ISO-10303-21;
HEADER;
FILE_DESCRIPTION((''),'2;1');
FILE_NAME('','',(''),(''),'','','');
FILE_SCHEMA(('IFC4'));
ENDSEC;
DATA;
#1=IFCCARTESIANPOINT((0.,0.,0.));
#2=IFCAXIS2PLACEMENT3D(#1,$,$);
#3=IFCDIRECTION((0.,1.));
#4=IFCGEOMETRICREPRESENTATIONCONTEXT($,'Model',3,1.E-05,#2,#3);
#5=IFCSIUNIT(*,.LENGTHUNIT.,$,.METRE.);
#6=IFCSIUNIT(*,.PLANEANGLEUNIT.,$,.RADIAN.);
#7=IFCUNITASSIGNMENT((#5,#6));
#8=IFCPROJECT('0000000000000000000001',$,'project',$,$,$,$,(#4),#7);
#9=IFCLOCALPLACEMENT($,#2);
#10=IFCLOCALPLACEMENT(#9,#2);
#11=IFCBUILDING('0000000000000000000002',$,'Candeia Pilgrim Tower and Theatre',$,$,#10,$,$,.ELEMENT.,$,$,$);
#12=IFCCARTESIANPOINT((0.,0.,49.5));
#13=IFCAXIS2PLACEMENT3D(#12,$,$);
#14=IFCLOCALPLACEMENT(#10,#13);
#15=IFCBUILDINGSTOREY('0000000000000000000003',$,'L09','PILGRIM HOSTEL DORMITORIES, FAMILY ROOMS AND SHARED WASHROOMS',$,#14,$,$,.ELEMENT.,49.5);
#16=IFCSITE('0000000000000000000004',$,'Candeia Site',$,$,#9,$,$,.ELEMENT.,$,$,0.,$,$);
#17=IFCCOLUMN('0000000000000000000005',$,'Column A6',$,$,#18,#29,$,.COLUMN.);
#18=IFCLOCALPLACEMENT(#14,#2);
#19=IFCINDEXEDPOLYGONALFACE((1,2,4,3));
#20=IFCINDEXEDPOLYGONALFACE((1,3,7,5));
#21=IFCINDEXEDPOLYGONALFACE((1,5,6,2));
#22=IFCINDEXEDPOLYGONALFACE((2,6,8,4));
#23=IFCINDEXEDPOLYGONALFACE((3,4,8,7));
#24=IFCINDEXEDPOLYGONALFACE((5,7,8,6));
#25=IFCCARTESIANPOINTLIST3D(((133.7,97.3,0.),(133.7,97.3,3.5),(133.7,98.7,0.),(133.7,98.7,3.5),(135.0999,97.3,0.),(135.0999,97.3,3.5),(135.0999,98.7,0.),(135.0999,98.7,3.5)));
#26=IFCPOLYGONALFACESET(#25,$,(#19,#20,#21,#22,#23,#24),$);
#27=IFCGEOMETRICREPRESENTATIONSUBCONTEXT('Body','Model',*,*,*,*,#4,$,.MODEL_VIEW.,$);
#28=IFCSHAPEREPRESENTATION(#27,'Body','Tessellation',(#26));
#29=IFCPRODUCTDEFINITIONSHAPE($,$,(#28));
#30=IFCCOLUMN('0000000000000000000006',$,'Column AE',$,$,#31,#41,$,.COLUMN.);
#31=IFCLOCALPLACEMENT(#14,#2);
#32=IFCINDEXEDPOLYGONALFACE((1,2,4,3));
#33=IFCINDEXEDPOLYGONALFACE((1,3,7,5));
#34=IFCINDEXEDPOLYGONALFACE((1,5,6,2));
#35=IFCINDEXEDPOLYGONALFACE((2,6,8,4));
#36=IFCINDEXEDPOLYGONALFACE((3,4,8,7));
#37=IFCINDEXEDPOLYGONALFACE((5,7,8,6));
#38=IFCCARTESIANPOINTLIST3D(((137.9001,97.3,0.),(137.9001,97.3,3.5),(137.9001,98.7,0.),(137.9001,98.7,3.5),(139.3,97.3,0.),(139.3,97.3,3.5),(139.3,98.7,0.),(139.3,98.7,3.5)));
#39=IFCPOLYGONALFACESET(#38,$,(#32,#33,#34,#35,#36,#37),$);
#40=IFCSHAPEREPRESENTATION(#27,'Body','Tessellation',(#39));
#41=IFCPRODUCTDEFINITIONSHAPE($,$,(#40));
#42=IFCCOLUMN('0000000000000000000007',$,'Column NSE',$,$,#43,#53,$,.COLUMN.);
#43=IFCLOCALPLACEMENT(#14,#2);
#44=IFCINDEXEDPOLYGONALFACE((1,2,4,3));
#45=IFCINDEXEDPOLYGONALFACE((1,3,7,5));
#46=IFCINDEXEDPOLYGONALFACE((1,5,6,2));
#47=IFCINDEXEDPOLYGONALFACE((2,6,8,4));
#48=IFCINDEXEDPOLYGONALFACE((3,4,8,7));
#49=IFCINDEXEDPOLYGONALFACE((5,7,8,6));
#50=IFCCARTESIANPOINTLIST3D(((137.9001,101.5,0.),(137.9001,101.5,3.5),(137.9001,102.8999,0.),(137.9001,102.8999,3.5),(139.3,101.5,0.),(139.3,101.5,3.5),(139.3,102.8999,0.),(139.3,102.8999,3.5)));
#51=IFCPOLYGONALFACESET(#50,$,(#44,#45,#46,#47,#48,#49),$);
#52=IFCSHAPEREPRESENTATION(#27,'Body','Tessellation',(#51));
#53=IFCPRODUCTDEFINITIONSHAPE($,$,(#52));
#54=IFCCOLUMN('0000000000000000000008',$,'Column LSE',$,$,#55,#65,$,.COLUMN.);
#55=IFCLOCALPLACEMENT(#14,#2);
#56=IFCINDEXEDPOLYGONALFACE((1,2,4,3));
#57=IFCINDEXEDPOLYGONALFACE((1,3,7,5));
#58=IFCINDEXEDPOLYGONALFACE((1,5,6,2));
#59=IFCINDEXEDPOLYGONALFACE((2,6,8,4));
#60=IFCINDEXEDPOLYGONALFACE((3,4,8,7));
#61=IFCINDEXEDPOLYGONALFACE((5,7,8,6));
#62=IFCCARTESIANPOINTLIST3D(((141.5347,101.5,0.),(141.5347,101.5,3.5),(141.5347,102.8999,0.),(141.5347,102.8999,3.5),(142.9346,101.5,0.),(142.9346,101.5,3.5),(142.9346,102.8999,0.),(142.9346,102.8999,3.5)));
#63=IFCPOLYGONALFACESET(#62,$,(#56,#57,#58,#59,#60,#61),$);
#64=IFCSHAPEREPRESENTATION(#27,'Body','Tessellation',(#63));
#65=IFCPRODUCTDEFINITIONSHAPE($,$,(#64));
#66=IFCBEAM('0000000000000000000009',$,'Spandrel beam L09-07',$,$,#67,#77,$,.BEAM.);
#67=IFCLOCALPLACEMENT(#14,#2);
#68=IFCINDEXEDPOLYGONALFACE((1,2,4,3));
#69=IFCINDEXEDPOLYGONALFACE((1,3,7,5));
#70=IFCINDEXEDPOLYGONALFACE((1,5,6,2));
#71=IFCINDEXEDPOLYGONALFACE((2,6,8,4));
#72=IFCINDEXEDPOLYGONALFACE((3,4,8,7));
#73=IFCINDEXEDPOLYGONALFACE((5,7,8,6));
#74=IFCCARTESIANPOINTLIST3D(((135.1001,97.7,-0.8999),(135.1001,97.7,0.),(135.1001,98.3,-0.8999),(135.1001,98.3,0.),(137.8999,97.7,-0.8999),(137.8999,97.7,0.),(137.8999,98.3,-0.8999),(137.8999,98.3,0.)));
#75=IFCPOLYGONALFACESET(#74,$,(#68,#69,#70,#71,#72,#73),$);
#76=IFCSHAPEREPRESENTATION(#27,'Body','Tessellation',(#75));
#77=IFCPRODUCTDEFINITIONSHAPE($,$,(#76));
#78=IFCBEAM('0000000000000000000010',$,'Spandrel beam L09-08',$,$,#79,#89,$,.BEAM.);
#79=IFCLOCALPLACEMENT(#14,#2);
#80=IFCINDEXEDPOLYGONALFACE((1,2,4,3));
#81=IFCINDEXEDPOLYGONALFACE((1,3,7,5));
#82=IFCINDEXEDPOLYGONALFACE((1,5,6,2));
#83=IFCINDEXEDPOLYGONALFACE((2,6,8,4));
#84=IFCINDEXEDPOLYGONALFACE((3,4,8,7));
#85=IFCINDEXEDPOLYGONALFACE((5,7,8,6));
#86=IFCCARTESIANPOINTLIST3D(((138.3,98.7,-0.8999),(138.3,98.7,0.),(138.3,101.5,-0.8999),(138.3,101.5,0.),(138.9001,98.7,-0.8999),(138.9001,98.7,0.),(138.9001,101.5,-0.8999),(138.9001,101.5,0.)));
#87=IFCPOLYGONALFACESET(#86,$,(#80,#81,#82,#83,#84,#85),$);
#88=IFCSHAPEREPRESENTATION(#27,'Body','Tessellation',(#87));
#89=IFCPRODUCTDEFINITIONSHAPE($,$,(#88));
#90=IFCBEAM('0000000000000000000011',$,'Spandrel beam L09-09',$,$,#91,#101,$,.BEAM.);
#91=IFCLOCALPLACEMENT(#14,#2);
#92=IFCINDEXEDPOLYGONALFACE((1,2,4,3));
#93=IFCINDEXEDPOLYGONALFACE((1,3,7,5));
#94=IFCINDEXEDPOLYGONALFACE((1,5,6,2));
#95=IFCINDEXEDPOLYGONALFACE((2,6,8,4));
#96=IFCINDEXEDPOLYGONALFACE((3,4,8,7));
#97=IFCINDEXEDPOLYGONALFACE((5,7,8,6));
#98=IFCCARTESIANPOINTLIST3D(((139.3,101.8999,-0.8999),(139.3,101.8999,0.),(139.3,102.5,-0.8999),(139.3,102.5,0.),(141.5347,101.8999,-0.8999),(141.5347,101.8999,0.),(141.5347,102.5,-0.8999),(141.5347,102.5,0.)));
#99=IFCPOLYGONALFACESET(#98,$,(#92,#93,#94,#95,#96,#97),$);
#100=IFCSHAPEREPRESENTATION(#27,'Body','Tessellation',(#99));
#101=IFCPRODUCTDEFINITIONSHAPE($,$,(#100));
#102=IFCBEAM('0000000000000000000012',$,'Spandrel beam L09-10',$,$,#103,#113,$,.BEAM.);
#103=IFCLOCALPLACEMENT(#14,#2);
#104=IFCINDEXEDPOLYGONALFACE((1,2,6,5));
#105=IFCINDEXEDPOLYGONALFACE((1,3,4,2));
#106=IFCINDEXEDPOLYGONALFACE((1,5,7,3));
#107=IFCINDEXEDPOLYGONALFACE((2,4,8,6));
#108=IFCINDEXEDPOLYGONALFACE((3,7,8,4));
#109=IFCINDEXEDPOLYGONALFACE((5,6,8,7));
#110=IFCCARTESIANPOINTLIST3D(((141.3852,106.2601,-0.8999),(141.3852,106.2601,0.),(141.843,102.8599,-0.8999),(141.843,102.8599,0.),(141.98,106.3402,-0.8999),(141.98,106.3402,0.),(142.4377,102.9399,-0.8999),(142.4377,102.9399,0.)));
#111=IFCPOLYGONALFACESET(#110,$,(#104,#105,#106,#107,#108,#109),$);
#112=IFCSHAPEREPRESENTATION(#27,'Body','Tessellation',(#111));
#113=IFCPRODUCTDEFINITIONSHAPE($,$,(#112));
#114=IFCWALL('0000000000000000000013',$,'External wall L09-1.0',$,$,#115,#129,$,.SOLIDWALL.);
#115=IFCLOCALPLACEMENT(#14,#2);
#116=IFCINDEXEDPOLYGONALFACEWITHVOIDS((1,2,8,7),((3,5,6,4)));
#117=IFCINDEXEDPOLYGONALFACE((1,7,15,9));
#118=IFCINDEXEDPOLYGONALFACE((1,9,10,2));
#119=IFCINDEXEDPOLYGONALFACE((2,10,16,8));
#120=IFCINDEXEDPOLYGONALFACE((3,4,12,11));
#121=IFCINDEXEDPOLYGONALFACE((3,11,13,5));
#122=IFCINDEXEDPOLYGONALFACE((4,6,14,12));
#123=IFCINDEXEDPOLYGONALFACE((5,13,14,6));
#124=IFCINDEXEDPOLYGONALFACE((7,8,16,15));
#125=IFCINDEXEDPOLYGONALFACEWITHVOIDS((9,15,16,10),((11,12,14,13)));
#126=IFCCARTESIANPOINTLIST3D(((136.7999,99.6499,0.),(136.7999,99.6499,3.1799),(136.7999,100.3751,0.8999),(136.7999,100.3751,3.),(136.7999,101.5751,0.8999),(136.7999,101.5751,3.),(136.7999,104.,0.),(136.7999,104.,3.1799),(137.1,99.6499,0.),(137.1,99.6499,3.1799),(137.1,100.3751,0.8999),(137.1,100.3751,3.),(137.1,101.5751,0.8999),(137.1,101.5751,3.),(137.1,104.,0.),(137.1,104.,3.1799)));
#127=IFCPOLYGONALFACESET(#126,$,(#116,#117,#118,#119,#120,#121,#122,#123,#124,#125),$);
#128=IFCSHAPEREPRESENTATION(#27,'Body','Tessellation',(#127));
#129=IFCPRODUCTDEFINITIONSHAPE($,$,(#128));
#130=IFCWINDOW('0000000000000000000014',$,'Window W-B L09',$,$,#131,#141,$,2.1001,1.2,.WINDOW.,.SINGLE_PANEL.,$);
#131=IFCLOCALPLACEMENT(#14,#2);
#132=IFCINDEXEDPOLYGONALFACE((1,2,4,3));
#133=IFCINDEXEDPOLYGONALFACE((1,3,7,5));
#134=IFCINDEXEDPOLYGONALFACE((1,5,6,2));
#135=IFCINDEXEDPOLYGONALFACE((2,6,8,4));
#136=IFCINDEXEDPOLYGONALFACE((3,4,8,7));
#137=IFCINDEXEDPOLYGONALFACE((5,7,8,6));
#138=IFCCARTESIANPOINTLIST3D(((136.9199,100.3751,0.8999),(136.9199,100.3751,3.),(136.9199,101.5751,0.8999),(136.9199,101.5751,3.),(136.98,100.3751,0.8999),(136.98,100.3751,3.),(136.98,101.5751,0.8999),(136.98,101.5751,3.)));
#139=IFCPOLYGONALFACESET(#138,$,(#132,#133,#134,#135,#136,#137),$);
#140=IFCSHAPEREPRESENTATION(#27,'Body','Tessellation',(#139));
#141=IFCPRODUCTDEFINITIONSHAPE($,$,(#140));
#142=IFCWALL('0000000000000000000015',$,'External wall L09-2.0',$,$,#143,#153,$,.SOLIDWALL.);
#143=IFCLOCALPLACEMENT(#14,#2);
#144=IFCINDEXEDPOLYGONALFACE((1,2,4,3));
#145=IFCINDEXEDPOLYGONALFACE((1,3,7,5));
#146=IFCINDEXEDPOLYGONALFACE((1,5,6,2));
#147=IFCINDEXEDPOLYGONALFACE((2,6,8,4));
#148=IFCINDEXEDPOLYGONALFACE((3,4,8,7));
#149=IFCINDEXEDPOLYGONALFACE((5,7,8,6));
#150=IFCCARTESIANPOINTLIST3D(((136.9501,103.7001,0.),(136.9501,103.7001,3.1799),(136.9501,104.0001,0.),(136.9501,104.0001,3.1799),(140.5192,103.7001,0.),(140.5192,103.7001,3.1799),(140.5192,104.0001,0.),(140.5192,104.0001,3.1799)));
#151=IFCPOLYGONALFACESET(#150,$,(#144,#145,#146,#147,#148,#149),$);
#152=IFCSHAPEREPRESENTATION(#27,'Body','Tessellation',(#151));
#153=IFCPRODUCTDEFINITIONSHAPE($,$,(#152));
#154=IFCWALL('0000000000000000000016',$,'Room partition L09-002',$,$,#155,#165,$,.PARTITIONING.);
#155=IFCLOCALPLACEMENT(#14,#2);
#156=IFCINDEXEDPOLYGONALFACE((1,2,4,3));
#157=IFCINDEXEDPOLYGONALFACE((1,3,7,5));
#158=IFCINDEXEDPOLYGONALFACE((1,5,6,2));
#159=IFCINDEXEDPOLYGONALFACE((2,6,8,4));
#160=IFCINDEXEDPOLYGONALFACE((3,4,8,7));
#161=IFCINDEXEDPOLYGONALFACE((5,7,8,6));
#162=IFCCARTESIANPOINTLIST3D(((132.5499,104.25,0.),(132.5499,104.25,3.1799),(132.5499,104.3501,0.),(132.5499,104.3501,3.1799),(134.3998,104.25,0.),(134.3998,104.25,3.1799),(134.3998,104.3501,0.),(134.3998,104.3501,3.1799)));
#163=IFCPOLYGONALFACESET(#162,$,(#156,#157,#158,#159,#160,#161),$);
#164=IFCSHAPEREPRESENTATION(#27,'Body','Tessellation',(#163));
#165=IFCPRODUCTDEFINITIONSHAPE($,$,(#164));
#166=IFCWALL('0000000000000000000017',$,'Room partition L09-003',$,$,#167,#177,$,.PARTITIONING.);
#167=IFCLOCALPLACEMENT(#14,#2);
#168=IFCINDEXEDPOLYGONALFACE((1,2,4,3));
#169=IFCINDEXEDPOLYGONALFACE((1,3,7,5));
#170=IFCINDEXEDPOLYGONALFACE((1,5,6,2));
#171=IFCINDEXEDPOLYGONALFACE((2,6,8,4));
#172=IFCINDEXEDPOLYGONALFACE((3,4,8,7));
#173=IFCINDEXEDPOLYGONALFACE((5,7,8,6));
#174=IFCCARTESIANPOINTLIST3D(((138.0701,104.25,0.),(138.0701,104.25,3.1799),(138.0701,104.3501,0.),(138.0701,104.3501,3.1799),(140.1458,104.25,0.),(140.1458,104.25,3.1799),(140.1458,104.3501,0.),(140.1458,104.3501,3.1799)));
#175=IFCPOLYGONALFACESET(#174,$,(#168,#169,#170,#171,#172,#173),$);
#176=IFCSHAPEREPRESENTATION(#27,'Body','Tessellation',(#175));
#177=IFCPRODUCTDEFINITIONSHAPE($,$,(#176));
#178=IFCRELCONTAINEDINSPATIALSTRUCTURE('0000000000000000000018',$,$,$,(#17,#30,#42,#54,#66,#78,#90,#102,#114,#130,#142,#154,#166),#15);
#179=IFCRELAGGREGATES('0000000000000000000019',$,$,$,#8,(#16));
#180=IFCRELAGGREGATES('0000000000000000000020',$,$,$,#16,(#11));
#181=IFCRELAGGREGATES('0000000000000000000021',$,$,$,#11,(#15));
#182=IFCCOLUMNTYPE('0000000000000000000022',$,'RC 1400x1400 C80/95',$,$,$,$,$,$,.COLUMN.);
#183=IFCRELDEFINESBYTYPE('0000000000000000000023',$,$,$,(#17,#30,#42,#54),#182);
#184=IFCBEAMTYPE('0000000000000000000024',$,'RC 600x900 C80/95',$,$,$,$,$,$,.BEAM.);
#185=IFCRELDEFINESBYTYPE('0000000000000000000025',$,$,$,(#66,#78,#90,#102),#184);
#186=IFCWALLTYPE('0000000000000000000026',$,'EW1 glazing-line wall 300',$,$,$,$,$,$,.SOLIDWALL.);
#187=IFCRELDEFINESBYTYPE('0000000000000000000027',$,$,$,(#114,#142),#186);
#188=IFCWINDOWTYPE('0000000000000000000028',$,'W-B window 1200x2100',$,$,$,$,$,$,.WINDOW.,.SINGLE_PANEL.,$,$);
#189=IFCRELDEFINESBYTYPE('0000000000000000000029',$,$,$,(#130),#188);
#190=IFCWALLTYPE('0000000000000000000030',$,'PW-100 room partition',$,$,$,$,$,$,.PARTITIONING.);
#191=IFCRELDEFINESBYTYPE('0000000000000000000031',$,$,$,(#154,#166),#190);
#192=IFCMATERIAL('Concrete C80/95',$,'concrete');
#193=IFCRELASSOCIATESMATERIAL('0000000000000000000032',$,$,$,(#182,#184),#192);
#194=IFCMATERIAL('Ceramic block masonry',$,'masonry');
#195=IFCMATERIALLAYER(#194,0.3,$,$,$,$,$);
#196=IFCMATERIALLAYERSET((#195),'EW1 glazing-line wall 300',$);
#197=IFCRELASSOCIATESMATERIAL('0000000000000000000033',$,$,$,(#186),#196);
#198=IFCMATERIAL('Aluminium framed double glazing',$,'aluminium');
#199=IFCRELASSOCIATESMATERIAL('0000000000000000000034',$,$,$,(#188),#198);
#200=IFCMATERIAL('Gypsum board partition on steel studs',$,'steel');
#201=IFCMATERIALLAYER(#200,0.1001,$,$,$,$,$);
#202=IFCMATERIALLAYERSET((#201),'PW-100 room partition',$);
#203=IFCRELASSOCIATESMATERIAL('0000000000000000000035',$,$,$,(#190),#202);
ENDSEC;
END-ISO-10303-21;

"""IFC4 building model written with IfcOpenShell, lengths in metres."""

from ifc_helpers import new_model, si_unit, direction, frame, frame_2d, origin, origin_2d, place, context, subcontext, project, spatial, rectangle, extrude, material, layer, layer_set, material_profile, profile_set, type_object, element, fill, save


model = new_model("IFC4")

# Units and contexts
model_context = context("Model", 3, precision=1e-05, world=origin(), true_north=direction((0.0, 1.0)))
body_context = subcontext(model_context, "Body", "Model", "MODEL_VIEW")
ifc_project = project(units=[si_unit("LENGTHUNIT", "METRE"), si_unit("PLANEANGLEUNIT", "RADIAN")], contexts=[model_context])

# Site, building, storey
site_placement = place(None, origin())
site = spatial("IfcSite", under=ifc_project, at=site_placement, Name="Candeia Site", CompositionType="ELEMENT", RefElevation=0.0)
building_placement = place(site_placement, origin())
building = spatial("IfcBuilding", under=site, at=building_placement, Name="Candeia Pilgrim Tower and Theatre", CompositionType="ELEMENT")
storey_placement = place(building_placement, frame((0.0, 0.0, 49.5)))
storey = spatial("IfcBuildingStorey", under=building, at=storey_placement, Name="L09", Description="PILGRIM HOSTEL DORMITORIES, FAMILY ROOMS AND SHARED WASHROOMS", CompositionType="ELEMENT", Elevation=49.5)

# Columns
ifc_material_1 = material(Name="Concrete C80/95", Category="concrete")
ifc_material_profile_1 = material_profile(ifc_material_1, rectangle(XDim=1.3999, YDim=1.3999, at=origin_2d()))
ifc_profile_set_1 = profile_set([ifc_material_profile_1], Name="Concrete C80/95")
column_type = type_object("IfcColumnType", Name="RC 1400x1400 C80/95", PredefinedType="COLUMN", material=ifc_profile_set_1)
for number, where, z_axis, x_axis, name in (
    (1, (134.3999, 98.0, 0.0), (0.0, 0.0, 1.0), (1.0, 0.0, 0.0), "Column A6"),
    (2, (138.6001, 98.0, 0.0), (0.0, 0.0, 1.0), (1.0, 0.0, 0.0), "Column AE"),
    (3, (138.6001, 102.2, 0.0), (0.0, 0.0, 1.0), (1.0, 0.0, 0.0), "Column NSE"),
    (4, (142.2346, 102.2, 0.0), (0.0, 0.0, 1.0), (1.0, 0.0, 0.0), "Column LSE"),
):
    element("IfcColumn", number, at=place(storey_placement, frame(where, z_axis=z_axis, x_axis=x_axis)), inside=storey, type_object=column_type, Name=name, PredefinedType="COLUMN", context=body_context, shape_type="SweptSolid", body=[
        extrude(rectangle(XDim=1.3999, YDim=1.3999, at=origin_2d()), origin(), (0.0, 0.0, 1.0), 3.5),
    ])

# Beams
ifc_material_profile_2 = material_profile(ifc_material_1, rectangle(XDim=0.6001, YDim=0.8999, at=origin_2d()))
ifc_profile_set_2 = profile_set([ifc_material_profile_2], Name="Concrete C80/95")
beam_type = type_object("IfcBeamType", Name="RC 600x900 C80/95", PredefinedType="BEAM", material=ifc_profile_set_2)
beam_1_placement = place(storey_placement, frame((135.1001, 98.0, -0.45), z_axis=(1.0, 0.0, 0.0), x_axis=(0.0, 1.0, 0.0)))
element("IfcBeam", 5, at=beam_1_placement, inside=storey, type_object=beam_type, Name="Spandrel beam L09-07", PredefinedType="BEAM", context=body_context, shape_type="SweptSolid", body=[
    extrude(rectangle(XDim=0.6001, YDim=0.8999, at=origin_2d()), origin(), (0.0, 0.0, 1.0), 2.7998),
])
beam_2_placement = place(storey_placement, frame((138.6001, 98.7, -0.45), z_axis=(0.0, 1.0, 0.0), x_axis=(-1.0, 0.0, 0.0)))
element("IfcBeam", 6, at=beam_2_placement, inside=storey, type_object=beam_type, Name="Spandrel beam L09-08", PredefinedType="BEAM", context=body_context, shape_type="SweptSolid", body=[
    extrude(rectangle(XDim=0.6001, YDim=0.8999, at=origin_2d()), origin(), (0.0, 0.0, 1.0), 2.8),
])
beam_3_placement = place(storey_placement, frame((139.3, 102.2, -0.45), z_axis=(1.0, 0.0, 0.0), x_axis=(0.0, 1.0, 0.0)))
element("IfcBeam", 7, at=beam_3_placement, inside=storey, type_object=beam_type, Name="Spandrel beam L09-09", PredefinedType="BEAM", context=body_context, shape_type="SweptSolid", body=[
    extrude(rectangle(XDim=0.6001, YDim=0.8999, at=origin_2d()), origin(), (0.0, 0.0, 1.0), 2.2346),
])
beam_4_placement = place(storey_placement, frame((142.1404, 102.8999, -0.45), z_axis=(-0.133427, 0.991059, 0.0), x_axis=(-0.991059, -0.133427, 0.0)))
element("IfcBeam", 8, at=beam_4_placement, inside=storey, type_object=beam_type, Name="Spandrel beam L09-10", PredefinedType="BEAM", context=body_context, shape_type="SweptSolid", body=[
    extrude(rectangle(XDim=0.6001, YDim=0.8999, at=origin_2d()), origin(), (0.0, 0.0, 1.0), 3.4309),
])

# Wall, opening, window
ifc_material_2 = material(Name="Ceramic block masonry", Category="masonry")
ifc_layer_1 = layer(ifc_material_2, 0.3)
ifc_layer_set_1 = layer_set([ifc_layer_1], Name="EW1 glazing-line wall 300")
wall_type_1 = type_object("IfcWallType", Name="EW1 glazing-line wall 300", PredefinedType="SOLIDWALL", material=ifc_layer_set_1)
wall_1_placement = place(storey_placement, frame((136.95, 99.6499, 0.0), z_axis=(0.0, 0.0, 1.0), x_axis=(0.0, 1.0, 0.0)))
wall_1 = element("IfcWall", 9, at=wall_1_placement, inside=storey, type_object=wall_type_1, Name="External wall L09-1.0", PredefinedType="SOLIDWALL", context=body_context, shape_type="SweptSolid", body=[
    extrude(rectangle(XDim=4.3501, YDim=0.3, at=frame_2d((2.175, 0.0))), origin(), (0.0, 0.0, 1.0), 3.1799),
])
opening_1_placement = place(wall_1_placement, frame((0.7251, 0.0, 0.8999)))
opening_1 = element("IfcOpeningElement", 10, at=opening_1_placement, cuts=wall_1, PredefinedType="OPENING", context=body_context, shape_type="SweptSolid", body=[
    extrude(rectangle(XDim=1.2, YDim=2.1001, at=frame_2d((0.6001, 1.05))), frame((0.0, 0.1602, 0.0), z_axis=(0.0, -1.0, 0.0), x_axis=(1.0, 0.0, 0.0)), (0.0, 0.0, 1.0), 0.3201),
])
ifc_material_3 = material(Name="Aluminium framed double glazing", Category="aluminium")
window_type = type_object("IfcWindowType", Name="W-B window 1200x2100", PartitioningType="SINGLE_PANEL", PredefinedType="WINDOW", material=ifc_material_3)
window_1_placement = place(opening_1_placement, origin())
window_1 = element("IfcWindow", 11, at=window_1_placement, inside=storey, type_object=window_type, Name="Window W-B L09", OverallHeight=2.1001, OverallWidth=1.2, PartitioningType="SINGLE_PANEL", PredefinedType="WINDOW", context=body_context, shape_type="SweptSolid", body=[
    extrude(rectangle(XDim=1.2, YDim=2.1001, at=frame_2d((0.6001, 1.05))), frame((0.0, 0.03, 0.0), z_axis=(0.0, -1.0, 0.0), x_axis=(1.0, 0.0, 0.0)), (0.0, 0.0, 1.0), 0.0601),
])
fill(opening_1, window_1)

# Wall
wall_2_placement = place(storey_placement, frame((136.95, 103.8501, 0.0), z_axis=(0.0, 0.0, 1.0), x_axis=(1.0, 0.0, 0.0)))
element("IfcWall", 12, at=wall_2_placement, inside=storey, type_object=wall_type_1, Name="External wall L09-2.0", PredefinedType="SOLIDWALL", context=body_context, shape_type="SweptSolid", body=[
    extrude(rectangle(XDim=3.5691, YDim=0.3, at=frame_2d((1.7847, 0.0))), origin(), (0.0, 0.0, 1.0), 3.1799),
])

# Walls
ifc_material_4 = material(Name="Gypsum board partition on steel studs", Category="steel")
ifc_layer_2 = layer(ifc_material_4, 0.1001)
ifc_layer_set_2 = layer_set([ifc_layer_2], Name="PW-100 room partition")
wall_type_2 = type_object("IfcWallType", Name="PW-100 room partition", PredefinedType="PARTITIONING", material=ifc_layer_set_2)
wall_3_placement = place(storey_placement, frame((132.55, 104.3, 0.0), z_axis=(0.0, 0.0, 1.0), x_axis=(1.0, 0.0, 0.0)))
element("IfcWall", 13, at=wall_3_placement, inside=storey, type_object=wall_type_2, Name="Room partition L09-002", PredefinedType="PARTITIONING", context=body_context, shape_type="SweptSolid", body=[
    extrude(rectangle(XDim=1.8499, YDim=0.1001, at=frame_2d((0.9248, 0.0))), origin(), (0.0, 0.0, 1.0), 3.1799),
])
wall_4_placement = place(storey_placement, frame((138.0701, 104.3, 0.0), z_axis=(0.0, 0.0, 1.0), x_axis=(1.0, 0.0, 0.0)))
element("IfcWall", 14, at=wall_4_placement, inside=storey, type_object=wall_type_2, Name="Room partition L09-003", PredefinedType="PARTITIONING", context=body_context, shape_type="SweptSolid", body=[
    extrude(rectangle(XDim=2.0757, YDim=0.1001, at=frame_2d((1.0378, 0.0))), origin(), (0.0, 0.0, 1.0), 3.1799),
])

save(model, "model.ifc")
